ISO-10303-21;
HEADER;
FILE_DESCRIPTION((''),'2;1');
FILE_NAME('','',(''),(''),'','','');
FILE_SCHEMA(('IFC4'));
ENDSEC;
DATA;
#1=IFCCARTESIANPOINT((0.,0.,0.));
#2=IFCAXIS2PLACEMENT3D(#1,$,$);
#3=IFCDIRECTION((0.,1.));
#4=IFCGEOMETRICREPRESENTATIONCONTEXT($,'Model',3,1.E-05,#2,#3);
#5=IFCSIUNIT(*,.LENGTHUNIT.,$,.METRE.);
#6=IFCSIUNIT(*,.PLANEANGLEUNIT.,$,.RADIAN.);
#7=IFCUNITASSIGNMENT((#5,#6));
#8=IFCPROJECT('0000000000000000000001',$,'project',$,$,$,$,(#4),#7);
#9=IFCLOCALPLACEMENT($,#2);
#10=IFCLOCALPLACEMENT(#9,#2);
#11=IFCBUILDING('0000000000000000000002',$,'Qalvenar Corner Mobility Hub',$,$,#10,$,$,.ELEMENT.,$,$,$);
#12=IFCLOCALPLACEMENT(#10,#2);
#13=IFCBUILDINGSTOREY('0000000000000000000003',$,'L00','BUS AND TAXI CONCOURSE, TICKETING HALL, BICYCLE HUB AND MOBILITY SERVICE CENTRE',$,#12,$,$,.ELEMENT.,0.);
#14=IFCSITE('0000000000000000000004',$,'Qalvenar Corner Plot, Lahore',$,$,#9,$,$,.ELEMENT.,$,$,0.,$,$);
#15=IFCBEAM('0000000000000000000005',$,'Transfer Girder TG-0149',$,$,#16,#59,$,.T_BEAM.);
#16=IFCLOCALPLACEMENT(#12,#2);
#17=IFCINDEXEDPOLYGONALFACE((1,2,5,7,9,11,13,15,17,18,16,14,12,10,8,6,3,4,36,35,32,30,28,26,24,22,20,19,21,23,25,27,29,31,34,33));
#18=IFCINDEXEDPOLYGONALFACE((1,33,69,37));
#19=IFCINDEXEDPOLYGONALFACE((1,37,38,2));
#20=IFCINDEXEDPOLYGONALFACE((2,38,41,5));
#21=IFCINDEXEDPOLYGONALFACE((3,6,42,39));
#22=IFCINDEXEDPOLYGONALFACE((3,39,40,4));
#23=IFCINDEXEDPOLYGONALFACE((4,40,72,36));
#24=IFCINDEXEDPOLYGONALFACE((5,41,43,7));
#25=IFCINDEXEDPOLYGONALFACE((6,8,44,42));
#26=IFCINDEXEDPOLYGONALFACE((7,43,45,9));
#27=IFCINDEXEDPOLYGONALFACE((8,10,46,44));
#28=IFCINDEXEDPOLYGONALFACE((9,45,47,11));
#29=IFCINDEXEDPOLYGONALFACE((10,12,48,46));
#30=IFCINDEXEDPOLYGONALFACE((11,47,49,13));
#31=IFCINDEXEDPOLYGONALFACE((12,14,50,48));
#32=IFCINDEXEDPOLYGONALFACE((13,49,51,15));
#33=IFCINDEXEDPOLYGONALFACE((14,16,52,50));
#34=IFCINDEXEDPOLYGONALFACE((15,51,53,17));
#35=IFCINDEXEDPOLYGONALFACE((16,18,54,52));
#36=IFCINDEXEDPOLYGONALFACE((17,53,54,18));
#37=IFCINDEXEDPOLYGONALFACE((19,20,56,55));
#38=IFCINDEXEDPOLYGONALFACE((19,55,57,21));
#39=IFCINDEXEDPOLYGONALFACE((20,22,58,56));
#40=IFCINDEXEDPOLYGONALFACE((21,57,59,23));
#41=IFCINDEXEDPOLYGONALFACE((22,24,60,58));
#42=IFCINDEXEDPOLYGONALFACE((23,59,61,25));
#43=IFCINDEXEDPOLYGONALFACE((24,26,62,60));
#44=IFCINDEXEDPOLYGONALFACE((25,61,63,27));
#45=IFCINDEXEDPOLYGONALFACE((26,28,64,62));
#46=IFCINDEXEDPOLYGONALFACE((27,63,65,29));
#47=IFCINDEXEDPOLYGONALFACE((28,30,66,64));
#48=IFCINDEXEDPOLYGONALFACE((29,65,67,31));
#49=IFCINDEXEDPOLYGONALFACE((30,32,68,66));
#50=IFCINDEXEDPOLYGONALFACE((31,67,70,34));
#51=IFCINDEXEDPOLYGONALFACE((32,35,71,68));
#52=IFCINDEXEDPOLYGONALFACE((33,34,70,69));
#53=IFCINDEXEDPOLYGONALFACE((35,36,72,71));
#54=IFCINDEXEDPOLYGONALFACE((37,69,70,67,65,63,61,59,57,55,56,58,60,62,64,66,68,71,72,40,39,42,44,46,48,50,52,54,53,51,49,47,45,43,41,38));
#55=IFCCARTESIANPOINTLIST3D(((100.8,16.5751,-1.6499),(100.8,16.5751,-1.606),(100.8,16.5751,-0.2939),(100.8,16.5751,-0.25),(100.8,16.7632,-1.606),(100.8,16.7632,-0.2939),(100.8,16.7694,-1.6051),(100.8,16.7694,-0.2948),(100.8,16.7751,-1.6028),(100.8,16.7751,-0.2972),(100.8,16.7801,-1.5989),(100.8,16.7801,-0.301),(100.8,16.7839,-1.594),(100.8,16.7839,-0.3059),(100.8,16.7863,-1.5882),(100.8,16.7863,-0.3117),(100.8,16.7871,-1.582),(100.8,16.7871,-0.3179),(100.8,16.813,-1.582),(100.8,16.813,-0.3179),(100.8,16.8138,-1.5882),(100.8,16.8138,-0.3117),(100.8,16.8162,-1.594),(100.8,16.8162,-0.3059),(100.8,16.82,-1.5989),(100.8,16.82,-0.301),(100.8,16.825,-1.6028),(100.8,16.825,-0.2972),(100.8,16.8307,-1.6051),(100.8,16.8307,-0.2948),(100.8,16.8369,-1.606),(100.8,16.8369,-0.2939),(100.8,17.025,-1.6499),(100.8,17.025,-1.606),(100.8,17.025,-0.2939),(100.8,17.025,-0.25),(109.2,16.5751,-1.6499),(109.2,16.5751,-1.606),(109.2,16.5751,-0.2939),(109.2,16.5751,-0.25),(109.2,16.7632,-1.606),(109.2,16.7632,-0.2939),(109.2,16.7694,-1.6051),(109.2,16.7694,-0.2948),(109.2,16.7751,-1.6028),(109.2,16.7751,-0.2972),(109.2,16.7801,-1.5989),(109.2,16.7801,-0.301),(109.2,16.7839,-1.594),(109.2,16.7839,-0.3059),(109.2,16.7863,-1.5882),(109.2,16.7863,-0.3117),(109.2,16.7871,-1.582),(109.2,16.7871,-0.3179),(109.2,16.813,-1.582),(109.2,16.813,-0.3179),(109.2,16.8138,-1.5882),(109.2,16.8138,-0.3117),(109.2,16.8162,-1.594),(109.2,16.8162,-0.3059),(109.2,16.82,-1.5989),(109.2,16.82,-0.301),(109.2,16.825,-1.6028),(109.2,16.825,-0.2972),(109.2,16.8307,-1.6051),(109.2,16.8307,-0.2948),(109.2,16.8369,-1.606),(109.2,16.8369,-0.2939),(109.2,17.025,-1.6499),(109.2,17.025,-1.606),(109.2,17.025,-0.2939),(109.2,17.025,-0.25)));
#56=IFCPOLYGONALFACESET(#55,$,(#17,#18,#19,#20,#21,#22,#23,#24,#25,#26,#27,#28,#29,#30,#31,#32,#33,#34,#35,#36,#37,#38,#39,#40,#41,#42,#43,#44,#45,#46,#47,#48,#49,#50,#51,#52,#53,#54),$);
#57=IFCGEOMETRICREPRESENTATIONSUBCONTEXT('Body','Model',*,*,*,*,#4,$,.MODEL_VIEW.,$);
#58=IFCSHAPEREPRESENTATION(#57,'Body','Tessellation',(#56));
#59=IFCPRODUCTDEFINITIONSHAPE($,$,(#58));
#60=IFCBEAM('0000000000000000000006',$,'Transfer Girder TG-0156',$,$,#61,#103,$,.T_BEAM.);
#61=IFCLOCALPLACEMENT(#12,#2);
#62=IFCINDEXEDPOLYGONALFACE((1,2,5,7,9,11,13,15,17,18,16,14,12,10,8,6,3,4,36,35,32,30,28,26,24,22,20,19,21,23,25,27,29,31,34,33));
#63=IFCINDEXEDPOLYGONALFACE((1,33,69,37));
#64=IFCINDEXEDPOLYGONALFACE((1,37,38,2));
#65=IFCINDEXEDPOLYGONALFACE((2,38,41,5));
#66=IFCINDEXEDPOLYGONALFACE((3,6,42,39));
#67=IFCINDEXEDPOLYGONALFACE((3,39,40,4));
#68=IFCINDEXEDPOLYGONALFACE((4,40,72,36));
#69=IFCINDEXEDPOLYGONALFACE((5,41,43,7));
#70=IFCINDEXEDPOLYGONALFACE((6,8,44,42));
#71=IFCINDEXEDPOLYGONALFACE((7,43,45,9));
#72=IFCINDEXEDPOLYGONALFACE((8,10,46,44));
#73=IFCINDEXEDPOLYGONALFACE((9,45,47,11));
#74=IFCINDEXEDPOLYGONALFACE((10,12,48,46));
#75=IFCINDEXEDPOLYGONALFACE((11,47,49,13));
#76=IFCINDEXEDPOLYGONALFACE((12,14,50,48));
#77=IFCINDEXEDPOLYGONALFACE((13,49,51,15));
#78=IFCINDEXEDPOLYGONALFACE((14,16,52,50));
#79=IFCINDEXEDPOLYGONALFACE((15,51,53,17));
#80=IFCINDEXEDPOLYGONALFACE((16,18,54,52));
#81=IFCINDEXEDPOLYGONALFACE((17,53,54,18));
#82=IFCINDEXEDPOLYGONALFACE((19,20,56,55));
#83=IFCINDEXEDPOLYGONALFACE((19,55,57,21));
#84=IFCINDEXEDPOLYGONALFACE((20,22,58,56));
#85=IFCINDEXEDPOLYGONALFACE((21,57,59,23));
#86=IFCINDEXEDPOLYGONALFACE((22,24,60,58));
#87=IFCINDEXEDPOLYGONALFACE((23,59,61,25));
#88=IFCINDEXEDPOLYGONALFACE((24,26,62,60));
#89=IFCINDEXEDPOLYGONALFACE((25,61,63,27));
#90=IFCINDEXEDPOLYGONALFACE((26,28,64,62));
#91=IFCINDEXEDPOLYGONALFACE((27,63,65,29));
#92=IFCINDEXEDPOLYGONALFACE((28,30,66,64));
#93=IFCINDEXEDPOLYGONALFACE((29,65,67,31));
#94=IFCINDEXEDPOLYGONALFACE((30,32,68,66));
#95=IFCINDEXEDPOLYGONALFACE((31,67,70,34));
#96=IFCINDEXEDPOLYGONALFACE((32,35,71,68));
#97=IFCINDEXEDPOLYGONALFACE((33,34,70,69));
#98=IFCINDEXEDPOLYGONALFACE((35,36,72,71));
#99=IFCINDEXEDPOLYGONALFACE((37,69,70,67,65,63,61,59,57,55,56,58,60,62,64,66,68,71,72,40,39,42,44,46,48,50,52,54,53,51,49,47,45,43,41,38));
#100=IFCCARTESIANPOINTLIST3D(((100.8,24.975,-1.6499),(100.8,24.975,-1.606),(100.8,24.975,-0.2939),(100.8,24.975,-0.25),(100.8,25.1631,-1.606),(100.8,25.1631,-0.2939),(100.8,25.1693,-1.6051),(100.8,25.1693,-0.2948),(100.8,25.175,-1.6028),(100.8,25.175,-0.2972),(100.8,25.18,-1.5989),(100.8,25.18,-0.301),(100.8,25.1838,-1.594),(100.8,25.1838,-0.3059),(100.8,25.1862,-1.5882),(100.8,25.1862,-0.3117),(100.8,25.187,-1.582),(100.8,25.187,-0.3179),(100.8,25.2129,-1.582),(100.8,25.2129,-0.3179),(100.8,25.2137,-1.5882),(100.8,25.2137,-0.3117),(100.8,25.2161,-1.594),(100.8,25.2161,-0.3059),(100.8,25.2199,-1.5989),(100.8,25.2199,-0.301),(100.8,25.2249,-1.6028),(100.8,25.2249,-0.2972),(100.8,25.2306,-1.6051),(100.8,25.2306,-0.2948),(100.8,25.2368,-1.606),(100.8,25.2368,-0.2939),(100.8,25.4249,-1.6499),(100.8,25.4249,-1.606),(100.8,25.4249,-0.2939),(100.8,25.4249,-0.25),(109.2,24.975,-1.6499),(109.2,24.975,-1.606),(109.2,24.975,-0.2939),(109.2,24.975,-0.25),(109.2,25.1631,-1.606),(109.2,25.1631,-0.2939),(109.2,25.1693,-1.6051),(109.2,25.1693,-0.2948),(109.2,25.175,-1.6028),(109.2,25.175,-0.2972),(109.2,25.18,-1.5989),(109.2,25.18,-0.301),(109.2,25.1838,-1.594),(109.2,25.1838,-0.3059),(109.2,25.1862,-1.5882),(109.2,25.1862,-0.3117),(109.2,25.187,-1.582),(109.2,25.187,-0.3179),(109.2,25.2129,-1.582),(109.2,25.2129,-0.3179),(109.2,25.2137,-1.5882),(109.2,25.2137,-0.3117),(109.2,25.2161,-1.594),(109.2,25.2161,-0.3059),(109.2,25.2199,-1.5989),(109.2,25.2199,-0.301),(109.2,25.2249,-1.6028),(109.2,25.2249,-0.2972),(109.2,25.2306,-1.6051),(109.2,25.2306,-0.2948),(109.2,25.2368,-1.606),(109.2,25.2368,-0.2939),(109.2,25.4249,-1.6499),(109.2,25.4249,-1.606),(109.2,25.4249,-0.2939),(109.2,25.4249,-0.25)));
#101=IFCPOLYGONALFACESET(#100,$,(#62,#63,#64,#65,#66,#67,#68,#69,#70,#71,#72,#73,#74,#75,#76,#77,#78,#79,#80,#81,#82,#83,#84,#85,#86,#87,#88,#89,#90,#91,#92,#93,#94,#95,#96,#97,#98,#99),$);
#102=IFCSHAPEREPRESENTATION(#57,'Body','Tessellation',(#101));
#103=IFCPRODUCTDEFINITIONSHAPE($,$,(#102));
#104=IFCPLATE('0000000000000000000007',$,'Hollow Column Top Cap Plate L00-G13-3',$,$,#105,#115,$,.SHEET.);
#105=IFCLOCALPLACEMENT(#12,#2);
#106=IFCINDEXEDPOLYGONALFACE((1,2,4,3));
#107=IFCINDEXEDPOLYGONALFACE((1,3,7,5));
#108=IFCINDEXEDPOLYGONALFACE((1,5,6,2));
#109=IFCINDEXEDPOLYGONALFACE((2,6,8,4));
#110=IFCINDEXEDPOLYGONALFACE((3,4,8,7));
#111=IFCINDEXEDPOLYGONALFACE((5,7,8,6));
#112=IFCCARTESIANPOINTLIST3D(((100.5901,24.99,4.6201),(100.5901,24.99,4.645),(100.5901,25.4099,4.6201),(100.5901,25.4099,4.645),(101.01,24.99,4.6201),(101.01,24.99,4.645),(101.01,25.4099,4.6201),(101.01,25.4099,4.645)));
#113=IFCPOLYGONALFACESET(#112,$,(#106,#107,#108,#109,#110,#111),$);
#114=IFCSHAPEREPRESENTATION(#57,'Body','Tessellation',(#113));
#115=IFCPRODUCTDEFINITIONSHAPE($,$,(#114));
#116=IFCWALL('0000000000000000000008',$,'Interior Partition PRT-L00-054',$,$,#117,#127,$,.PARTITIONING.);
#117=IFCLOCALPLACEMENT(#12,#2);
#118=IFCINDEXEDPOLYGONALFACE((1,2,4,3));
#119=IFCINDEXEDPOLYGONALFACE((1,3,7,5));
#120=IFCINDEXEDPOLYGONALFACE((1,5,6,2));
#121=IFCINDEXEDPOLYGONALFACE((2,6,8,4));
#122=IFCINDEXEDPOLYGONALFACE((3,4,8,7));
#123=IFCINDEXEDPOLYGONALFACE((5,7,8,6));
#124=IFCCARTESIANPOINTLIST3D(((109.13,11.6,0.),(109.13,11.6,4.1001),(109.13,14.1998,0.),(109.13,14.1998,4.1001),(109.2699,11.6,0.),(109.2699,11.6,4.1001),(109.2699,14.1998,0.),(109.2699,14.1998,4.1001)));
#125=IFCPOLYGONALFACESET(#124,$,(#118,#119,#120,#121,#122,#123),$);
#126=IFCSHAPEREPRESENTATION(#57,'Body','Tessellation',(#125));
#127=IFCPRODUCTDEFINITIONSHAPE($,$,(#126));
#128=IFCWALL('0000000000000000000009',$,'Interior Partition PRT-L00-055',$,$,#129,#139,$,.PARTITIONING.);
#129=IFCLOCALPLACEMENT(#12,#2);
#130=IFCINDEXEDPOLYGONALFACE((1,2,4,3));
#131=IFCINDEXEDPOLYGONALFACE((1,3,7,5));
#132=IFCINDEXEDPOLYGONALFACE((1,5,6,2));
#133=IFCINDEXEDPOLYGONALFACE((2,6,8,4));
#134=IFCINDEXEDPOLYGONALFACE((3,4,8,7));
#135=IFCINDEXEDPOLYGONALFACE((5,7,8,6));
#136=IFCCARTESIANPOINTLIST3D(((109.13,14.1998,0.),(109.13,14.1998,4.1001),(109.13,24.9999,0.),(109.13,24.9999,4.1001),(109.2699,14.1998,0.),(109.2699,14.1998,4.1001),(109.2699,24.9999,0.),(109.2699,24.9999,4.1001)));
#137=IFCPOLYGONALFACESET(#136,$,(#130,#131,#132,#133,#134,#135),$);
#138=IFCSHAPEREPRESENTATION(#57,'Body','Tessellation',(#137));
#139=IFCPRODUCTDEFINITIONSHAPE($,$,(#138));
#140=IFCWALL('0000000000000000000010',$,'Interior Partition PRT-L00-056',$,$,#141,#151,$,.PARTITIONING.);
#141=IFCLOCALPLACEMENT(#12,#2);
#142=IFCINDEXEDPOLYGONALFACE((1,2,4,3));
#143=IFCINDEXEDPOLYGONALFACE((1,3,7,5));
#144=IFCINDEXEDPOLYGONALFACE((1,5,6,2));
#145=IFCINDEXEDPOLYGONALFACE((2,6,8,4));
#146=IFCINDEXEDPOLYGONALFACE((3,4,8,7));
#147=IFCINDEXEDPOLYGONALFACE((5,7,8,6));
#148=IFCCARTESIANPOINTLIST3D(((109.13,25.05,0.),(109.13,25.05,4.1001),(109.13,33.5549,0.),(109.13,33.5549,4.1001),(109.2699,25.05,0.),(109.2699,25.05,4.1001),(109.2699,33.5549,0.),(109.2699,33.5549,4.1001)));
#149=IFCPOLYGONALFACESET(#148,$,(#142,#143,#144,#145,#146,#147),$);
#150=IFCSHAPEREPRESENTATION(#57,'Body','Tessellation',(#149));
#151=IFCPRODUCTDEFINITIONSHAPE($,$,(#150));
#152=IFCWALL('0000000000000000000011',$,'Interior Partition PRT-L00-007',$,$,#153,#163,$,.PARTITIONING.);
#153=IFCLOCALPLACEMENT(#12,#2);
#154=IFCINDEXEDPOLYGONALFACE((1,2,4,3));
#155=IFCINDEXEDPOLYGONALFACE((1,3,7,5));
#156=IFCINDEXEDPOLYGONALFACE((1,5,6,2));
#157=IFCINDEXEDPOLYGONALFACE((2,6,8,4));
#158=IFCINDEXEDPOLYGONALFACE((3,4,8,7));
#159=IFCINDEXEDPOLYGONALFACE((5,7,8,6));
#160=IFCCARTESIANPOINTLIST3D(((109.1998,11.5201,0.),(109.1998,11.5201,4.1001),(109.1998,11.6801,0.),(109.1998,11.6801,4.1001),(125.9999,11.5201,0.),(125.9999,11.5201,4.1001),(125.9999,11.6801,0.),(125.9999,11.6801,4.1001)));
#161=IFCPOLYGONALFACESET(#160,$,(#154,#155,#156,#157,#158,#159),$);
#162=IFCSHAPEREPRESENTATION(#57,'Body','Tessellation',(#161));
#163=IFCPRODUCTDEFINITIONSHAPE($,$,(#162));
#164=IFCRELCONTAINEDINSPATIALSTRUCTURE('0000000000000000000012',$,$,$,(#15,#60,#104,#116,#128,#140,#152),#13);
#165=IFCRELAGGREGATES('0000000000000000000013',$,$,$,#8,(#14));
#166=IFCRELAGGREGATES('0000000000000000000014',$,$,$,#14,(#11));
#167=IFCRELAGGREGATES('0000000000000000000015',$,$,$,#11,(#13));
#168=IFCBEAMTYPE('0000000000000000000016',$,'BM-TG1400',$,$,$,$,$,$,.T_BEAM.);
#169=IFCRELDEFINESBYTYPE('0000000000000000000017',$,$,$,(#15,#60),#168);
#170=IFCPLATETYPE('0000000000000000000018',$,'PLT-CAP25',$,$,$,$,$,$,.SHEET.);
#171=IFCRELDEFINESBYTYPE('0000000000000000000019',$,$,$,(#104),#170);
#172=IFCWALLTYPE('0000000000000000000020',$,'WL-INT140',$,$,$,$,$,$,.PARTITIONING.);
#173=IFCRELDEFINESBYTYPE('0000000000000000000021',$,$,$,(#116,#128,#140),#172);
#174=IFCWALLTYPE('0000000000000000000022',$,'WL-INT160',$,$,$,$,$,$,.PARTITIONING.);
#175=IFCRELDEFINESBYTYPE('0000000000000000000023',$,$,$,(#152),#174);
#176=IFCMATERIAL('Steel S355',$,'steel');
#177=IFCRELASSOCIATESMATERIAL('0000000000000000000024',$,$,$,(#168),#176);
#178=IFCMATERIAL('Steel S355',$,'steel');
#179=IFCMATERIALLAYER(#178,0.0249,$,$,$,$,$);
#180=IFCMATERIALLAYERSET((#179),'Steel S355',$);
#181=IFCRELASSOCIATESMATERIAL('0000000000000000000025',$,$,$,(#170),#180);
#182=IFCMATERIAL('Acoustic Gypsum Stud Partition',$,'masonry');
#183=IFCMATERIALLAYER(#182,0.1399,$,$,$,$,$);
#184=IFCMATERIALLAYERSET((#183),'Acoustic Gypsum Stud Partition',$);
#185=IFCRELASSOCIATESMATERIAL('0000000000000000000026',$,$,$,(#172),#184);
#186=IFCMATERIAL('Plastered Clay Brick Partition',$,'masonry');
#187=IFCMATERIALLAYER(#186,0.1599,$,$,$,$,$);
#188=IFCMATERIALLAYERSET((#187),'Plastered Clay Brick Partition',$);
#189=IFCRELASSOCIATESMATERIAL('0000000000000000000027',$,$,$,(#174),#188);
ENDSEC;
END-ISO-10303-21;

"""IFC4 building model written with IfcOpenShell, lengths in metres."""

from ifc_helpers import new_model, si_unit, direction, frame, frame_2d, origin, origin_2d, place, context, subcontext, project, spatial, rectangle, i_section, extrude, material, layer, layer_set, material_profile, profile_set, type_object, element, save


model = new_model("IFC4")

# Units and contexts
model_context = context("Model", 3, precision=1e-05, world=origin(), true_north=direction((0.0, 1.0)))
body_context = subcontext(model_context, "Body", "Model", "MODEL_VIEW")
ifc_project = project(units=[si_unit("LENGTHUNIT", "METRE"), si_unit("PLANEANGLEUNIT", "RADIAN")], contexts=[model_context])

# Site, building, storey
site_placement = place(None, origin())
site = spatial("IfcSite", under=ifc_project, at=site_placement, Name="Qalvenar Corner Plot, Lahore", CompositionType="ELEMENT", RefElevation=0.0)
building_placement = place(site_placement, origin())
building = spatial("IfcBuilding", under=site, at=building_placement, Name="Qalvenar Corner Mobility Hub", CompositionType="ELEMENT")
storey_placement = place(building_placement, origin())
storey = spatial("IfcBuildingStorey", under=building, at=storey_placement, Name="L00", Description="BUS AND TAXI CONCOURSE, TICKETING HALL, BICYCLE HUB AND MOBILITY SERVICE CENTRE", CompositionType="ELEMENT", Elevation=0.0)

# Shared definitions
ifc_material_1 = material(Name="Steel S355", Category="steel")

# Beams
ifc_material_profile_1 = material_profile(ifc_material_1, i_section(OverallWidth=0.45, OverallDepth=1.3999, WebThickness=0.0259, FlangeThickness=0.0439, FilletRadius=0.0239, at=origin_2d()), Name="W1100x499-TG1400")
ifc_profile_set_1 = profile_set([ifc_material_profile_1], Name="Steel S355")
beam_type_1 = type_object("IfcBeamType", Name="BM-TG1400", PredefinedType="T_BEAM", material=ifc_profile_set_1)
for number, where, z_axis, x_axis, name in (
    (1, (100.8, 16.8, -0.95), (1.0, 0.0, 0.0), (0.0, 1.0, 0.0), "Transfer Girder TG-0149"),
    (2, (100.8, 25.2, -0.95), (1.0, 0.0, 0.0), (0.0, 1.0, 0.0), "Transfer Girder TG-0156"),
):
    element("IfcBeam", number, at=place(storey_placement, frame(where, z_axis=z_axis, x_axis=x_axis)), inside=storey, type_object=beam_type_1, Name=name, PredefinedType="T_BEAM", context=body_context, shape_type="SweptSolid", body=[
        extrude(i_section(OverallWidth=0.45, OverallDepth=1.3999, WebThickness=0.0259, FlangeThickness=0.0439, FilletRadius=0.0239, at=origin_2d()), origin(), (0.0, 0.0, 1.0), 8.3999),
    ])

# Plate
ifc_material_2 = material(Name="Steel S355", Category="steel")
ifc_layer_1 = layer(ifc_material_2, 0.0249)
ifc_layer_set_1 = layer_set([ifc_layer_1], Name="Steel S355")
plate_type = type_object("IfcPlateType", Name="PLT-CAP25", PredefinedType="SHEET", material=ifc_layer_set_1)
plate_placement = place(storey_placement, frame((100.8, 25.2, 4.6201), z_axis=(0.0, 0.0, 1.0), x_axis=(1.0, 0.0, 0.0)))
element("IfcPlate", 3, at=plate_placement, inside=storey, type_object=plate_type, Name="Hollow Column Top Cap Plate L00-G13-3", PredefinedType="SHEET", context=body_context, shape_type="SweptSolid", body=[
    extrude(rectangle(XDim=0.4199, YDim=0.4199, at=origin_2d()), origin(), (0.0, 0.0, 1.0), 0.0249),
])

# Walls
ifc_material_3 = material(Name="Acoustic Gypsum Stud Partition", Category="masonry")
ifc_layer_2 = layer(ifc_material_3, 0.1399)
ifc_layer_set_2 = layer_set([ifc_layer_2], Name="Acoustic Gypsum Stud Partition")
wall_type_1 = type_object("IfcWallType", Name="WL-INT140", PredefinedType="PARTITIONING", material=ifc_layer_set_2)
wall_1_placement = place(storey_placement, frame((109.2, 11.6001, 0.0), z_axis=(0.0, 0.0, 1.0), x_axis=(0.0, 1.0, 0.0)))
element("IfcWall", 4, at=wall_1_placement, inside=storey, type_object=wall_type_1, Name="Interior Partition PRT-L00-054", PredefinedType="PARTITIONING", context=body_context, shape_type="SweptSolid", body=[
    extrude(rectangle(XDim=2.5999, YDim=0.1399, at=frame_2d((1.2998, 0.0))), origin(), (0.0, 0.0, 1.0), 4.1001),
])
wall_2_placement = place(storey_placement, frame((109.2, 14.2, 0.0), z_axis=(0.0, 0.0, 1.0), x_axis=(0.0, 1.0, 0.0)))
element("IfcWall", 5, at=wall_2_placement, inside=storey, type_object=wall_type_1, Name="Interior Partition PRT-L00-055", PredefinedType="PARTITIONING", context=body_context, shape_type="SweptSolid", body=[
    extrude(rectangle(XDim=10.8, YDim=0.1399, at=frame_2d((5.3999, 0.0))), origin(), (0.0, 0.0, 1.0), 4.1001),
])
wall_3_placement = place(storey_placement, frame((109.2, 25.05, 0.0), z_axis=(0.0, 0.0, 1.0), x_axis=(0.0, 1.0, 0.0)))
element("IfcWall", 6, at=wall_3_placement, inside=storey, type_object=wall_type_1, Name="Interior Partition PRT-L00-056", PredefinedType="PARTITIONING", context=body_context, shape_type="SweptSolid", body=[
    extrude(rectangle(XDim=8.5049, YDim=0.1399, at=frame_2d((4.2524, 0.0))), origin(), (0.0, 0.0, 1.0), 4.1001),
])
ifc_material_4 = material(Name="Plastered Clay Brick Partition", Category="masonry")
ifc_layer_3 = layer(ifc_material_4, 0.1599)
ifc_layer_set_3 = layer_set([ifc_layer_3], Name="Plastered Clay Brick Partition")
wall_type_2 = type_object("IfcWallType", Name="WL-INT160", PredefinedType="PARTITIONING", material=ifc_layer_set_3)
wall_4_placement = place(storey_placement, frame((109.2, 11.6001, 0.0), z_axis=(0.0, 0.0, 1.0), x_axis=(1.0, 0.0, 0.0)))
element("IfcWall", 7, at=wall_4_placement, inside=storey, type_object=wall_type_2, Name="Interior Partition PRT-L00-007", PredefinedType="PARTITIONING", context=body_context, shape_type="SweptSolid", body=[
    extrude(rectangle(XDim=16.8, YDim=0.1599, at=frame_2d((8.3999, 0.0))), origin(), (0.0, 0.0, 1.0), 4.1001),
])

save(model, "model.ifc")
